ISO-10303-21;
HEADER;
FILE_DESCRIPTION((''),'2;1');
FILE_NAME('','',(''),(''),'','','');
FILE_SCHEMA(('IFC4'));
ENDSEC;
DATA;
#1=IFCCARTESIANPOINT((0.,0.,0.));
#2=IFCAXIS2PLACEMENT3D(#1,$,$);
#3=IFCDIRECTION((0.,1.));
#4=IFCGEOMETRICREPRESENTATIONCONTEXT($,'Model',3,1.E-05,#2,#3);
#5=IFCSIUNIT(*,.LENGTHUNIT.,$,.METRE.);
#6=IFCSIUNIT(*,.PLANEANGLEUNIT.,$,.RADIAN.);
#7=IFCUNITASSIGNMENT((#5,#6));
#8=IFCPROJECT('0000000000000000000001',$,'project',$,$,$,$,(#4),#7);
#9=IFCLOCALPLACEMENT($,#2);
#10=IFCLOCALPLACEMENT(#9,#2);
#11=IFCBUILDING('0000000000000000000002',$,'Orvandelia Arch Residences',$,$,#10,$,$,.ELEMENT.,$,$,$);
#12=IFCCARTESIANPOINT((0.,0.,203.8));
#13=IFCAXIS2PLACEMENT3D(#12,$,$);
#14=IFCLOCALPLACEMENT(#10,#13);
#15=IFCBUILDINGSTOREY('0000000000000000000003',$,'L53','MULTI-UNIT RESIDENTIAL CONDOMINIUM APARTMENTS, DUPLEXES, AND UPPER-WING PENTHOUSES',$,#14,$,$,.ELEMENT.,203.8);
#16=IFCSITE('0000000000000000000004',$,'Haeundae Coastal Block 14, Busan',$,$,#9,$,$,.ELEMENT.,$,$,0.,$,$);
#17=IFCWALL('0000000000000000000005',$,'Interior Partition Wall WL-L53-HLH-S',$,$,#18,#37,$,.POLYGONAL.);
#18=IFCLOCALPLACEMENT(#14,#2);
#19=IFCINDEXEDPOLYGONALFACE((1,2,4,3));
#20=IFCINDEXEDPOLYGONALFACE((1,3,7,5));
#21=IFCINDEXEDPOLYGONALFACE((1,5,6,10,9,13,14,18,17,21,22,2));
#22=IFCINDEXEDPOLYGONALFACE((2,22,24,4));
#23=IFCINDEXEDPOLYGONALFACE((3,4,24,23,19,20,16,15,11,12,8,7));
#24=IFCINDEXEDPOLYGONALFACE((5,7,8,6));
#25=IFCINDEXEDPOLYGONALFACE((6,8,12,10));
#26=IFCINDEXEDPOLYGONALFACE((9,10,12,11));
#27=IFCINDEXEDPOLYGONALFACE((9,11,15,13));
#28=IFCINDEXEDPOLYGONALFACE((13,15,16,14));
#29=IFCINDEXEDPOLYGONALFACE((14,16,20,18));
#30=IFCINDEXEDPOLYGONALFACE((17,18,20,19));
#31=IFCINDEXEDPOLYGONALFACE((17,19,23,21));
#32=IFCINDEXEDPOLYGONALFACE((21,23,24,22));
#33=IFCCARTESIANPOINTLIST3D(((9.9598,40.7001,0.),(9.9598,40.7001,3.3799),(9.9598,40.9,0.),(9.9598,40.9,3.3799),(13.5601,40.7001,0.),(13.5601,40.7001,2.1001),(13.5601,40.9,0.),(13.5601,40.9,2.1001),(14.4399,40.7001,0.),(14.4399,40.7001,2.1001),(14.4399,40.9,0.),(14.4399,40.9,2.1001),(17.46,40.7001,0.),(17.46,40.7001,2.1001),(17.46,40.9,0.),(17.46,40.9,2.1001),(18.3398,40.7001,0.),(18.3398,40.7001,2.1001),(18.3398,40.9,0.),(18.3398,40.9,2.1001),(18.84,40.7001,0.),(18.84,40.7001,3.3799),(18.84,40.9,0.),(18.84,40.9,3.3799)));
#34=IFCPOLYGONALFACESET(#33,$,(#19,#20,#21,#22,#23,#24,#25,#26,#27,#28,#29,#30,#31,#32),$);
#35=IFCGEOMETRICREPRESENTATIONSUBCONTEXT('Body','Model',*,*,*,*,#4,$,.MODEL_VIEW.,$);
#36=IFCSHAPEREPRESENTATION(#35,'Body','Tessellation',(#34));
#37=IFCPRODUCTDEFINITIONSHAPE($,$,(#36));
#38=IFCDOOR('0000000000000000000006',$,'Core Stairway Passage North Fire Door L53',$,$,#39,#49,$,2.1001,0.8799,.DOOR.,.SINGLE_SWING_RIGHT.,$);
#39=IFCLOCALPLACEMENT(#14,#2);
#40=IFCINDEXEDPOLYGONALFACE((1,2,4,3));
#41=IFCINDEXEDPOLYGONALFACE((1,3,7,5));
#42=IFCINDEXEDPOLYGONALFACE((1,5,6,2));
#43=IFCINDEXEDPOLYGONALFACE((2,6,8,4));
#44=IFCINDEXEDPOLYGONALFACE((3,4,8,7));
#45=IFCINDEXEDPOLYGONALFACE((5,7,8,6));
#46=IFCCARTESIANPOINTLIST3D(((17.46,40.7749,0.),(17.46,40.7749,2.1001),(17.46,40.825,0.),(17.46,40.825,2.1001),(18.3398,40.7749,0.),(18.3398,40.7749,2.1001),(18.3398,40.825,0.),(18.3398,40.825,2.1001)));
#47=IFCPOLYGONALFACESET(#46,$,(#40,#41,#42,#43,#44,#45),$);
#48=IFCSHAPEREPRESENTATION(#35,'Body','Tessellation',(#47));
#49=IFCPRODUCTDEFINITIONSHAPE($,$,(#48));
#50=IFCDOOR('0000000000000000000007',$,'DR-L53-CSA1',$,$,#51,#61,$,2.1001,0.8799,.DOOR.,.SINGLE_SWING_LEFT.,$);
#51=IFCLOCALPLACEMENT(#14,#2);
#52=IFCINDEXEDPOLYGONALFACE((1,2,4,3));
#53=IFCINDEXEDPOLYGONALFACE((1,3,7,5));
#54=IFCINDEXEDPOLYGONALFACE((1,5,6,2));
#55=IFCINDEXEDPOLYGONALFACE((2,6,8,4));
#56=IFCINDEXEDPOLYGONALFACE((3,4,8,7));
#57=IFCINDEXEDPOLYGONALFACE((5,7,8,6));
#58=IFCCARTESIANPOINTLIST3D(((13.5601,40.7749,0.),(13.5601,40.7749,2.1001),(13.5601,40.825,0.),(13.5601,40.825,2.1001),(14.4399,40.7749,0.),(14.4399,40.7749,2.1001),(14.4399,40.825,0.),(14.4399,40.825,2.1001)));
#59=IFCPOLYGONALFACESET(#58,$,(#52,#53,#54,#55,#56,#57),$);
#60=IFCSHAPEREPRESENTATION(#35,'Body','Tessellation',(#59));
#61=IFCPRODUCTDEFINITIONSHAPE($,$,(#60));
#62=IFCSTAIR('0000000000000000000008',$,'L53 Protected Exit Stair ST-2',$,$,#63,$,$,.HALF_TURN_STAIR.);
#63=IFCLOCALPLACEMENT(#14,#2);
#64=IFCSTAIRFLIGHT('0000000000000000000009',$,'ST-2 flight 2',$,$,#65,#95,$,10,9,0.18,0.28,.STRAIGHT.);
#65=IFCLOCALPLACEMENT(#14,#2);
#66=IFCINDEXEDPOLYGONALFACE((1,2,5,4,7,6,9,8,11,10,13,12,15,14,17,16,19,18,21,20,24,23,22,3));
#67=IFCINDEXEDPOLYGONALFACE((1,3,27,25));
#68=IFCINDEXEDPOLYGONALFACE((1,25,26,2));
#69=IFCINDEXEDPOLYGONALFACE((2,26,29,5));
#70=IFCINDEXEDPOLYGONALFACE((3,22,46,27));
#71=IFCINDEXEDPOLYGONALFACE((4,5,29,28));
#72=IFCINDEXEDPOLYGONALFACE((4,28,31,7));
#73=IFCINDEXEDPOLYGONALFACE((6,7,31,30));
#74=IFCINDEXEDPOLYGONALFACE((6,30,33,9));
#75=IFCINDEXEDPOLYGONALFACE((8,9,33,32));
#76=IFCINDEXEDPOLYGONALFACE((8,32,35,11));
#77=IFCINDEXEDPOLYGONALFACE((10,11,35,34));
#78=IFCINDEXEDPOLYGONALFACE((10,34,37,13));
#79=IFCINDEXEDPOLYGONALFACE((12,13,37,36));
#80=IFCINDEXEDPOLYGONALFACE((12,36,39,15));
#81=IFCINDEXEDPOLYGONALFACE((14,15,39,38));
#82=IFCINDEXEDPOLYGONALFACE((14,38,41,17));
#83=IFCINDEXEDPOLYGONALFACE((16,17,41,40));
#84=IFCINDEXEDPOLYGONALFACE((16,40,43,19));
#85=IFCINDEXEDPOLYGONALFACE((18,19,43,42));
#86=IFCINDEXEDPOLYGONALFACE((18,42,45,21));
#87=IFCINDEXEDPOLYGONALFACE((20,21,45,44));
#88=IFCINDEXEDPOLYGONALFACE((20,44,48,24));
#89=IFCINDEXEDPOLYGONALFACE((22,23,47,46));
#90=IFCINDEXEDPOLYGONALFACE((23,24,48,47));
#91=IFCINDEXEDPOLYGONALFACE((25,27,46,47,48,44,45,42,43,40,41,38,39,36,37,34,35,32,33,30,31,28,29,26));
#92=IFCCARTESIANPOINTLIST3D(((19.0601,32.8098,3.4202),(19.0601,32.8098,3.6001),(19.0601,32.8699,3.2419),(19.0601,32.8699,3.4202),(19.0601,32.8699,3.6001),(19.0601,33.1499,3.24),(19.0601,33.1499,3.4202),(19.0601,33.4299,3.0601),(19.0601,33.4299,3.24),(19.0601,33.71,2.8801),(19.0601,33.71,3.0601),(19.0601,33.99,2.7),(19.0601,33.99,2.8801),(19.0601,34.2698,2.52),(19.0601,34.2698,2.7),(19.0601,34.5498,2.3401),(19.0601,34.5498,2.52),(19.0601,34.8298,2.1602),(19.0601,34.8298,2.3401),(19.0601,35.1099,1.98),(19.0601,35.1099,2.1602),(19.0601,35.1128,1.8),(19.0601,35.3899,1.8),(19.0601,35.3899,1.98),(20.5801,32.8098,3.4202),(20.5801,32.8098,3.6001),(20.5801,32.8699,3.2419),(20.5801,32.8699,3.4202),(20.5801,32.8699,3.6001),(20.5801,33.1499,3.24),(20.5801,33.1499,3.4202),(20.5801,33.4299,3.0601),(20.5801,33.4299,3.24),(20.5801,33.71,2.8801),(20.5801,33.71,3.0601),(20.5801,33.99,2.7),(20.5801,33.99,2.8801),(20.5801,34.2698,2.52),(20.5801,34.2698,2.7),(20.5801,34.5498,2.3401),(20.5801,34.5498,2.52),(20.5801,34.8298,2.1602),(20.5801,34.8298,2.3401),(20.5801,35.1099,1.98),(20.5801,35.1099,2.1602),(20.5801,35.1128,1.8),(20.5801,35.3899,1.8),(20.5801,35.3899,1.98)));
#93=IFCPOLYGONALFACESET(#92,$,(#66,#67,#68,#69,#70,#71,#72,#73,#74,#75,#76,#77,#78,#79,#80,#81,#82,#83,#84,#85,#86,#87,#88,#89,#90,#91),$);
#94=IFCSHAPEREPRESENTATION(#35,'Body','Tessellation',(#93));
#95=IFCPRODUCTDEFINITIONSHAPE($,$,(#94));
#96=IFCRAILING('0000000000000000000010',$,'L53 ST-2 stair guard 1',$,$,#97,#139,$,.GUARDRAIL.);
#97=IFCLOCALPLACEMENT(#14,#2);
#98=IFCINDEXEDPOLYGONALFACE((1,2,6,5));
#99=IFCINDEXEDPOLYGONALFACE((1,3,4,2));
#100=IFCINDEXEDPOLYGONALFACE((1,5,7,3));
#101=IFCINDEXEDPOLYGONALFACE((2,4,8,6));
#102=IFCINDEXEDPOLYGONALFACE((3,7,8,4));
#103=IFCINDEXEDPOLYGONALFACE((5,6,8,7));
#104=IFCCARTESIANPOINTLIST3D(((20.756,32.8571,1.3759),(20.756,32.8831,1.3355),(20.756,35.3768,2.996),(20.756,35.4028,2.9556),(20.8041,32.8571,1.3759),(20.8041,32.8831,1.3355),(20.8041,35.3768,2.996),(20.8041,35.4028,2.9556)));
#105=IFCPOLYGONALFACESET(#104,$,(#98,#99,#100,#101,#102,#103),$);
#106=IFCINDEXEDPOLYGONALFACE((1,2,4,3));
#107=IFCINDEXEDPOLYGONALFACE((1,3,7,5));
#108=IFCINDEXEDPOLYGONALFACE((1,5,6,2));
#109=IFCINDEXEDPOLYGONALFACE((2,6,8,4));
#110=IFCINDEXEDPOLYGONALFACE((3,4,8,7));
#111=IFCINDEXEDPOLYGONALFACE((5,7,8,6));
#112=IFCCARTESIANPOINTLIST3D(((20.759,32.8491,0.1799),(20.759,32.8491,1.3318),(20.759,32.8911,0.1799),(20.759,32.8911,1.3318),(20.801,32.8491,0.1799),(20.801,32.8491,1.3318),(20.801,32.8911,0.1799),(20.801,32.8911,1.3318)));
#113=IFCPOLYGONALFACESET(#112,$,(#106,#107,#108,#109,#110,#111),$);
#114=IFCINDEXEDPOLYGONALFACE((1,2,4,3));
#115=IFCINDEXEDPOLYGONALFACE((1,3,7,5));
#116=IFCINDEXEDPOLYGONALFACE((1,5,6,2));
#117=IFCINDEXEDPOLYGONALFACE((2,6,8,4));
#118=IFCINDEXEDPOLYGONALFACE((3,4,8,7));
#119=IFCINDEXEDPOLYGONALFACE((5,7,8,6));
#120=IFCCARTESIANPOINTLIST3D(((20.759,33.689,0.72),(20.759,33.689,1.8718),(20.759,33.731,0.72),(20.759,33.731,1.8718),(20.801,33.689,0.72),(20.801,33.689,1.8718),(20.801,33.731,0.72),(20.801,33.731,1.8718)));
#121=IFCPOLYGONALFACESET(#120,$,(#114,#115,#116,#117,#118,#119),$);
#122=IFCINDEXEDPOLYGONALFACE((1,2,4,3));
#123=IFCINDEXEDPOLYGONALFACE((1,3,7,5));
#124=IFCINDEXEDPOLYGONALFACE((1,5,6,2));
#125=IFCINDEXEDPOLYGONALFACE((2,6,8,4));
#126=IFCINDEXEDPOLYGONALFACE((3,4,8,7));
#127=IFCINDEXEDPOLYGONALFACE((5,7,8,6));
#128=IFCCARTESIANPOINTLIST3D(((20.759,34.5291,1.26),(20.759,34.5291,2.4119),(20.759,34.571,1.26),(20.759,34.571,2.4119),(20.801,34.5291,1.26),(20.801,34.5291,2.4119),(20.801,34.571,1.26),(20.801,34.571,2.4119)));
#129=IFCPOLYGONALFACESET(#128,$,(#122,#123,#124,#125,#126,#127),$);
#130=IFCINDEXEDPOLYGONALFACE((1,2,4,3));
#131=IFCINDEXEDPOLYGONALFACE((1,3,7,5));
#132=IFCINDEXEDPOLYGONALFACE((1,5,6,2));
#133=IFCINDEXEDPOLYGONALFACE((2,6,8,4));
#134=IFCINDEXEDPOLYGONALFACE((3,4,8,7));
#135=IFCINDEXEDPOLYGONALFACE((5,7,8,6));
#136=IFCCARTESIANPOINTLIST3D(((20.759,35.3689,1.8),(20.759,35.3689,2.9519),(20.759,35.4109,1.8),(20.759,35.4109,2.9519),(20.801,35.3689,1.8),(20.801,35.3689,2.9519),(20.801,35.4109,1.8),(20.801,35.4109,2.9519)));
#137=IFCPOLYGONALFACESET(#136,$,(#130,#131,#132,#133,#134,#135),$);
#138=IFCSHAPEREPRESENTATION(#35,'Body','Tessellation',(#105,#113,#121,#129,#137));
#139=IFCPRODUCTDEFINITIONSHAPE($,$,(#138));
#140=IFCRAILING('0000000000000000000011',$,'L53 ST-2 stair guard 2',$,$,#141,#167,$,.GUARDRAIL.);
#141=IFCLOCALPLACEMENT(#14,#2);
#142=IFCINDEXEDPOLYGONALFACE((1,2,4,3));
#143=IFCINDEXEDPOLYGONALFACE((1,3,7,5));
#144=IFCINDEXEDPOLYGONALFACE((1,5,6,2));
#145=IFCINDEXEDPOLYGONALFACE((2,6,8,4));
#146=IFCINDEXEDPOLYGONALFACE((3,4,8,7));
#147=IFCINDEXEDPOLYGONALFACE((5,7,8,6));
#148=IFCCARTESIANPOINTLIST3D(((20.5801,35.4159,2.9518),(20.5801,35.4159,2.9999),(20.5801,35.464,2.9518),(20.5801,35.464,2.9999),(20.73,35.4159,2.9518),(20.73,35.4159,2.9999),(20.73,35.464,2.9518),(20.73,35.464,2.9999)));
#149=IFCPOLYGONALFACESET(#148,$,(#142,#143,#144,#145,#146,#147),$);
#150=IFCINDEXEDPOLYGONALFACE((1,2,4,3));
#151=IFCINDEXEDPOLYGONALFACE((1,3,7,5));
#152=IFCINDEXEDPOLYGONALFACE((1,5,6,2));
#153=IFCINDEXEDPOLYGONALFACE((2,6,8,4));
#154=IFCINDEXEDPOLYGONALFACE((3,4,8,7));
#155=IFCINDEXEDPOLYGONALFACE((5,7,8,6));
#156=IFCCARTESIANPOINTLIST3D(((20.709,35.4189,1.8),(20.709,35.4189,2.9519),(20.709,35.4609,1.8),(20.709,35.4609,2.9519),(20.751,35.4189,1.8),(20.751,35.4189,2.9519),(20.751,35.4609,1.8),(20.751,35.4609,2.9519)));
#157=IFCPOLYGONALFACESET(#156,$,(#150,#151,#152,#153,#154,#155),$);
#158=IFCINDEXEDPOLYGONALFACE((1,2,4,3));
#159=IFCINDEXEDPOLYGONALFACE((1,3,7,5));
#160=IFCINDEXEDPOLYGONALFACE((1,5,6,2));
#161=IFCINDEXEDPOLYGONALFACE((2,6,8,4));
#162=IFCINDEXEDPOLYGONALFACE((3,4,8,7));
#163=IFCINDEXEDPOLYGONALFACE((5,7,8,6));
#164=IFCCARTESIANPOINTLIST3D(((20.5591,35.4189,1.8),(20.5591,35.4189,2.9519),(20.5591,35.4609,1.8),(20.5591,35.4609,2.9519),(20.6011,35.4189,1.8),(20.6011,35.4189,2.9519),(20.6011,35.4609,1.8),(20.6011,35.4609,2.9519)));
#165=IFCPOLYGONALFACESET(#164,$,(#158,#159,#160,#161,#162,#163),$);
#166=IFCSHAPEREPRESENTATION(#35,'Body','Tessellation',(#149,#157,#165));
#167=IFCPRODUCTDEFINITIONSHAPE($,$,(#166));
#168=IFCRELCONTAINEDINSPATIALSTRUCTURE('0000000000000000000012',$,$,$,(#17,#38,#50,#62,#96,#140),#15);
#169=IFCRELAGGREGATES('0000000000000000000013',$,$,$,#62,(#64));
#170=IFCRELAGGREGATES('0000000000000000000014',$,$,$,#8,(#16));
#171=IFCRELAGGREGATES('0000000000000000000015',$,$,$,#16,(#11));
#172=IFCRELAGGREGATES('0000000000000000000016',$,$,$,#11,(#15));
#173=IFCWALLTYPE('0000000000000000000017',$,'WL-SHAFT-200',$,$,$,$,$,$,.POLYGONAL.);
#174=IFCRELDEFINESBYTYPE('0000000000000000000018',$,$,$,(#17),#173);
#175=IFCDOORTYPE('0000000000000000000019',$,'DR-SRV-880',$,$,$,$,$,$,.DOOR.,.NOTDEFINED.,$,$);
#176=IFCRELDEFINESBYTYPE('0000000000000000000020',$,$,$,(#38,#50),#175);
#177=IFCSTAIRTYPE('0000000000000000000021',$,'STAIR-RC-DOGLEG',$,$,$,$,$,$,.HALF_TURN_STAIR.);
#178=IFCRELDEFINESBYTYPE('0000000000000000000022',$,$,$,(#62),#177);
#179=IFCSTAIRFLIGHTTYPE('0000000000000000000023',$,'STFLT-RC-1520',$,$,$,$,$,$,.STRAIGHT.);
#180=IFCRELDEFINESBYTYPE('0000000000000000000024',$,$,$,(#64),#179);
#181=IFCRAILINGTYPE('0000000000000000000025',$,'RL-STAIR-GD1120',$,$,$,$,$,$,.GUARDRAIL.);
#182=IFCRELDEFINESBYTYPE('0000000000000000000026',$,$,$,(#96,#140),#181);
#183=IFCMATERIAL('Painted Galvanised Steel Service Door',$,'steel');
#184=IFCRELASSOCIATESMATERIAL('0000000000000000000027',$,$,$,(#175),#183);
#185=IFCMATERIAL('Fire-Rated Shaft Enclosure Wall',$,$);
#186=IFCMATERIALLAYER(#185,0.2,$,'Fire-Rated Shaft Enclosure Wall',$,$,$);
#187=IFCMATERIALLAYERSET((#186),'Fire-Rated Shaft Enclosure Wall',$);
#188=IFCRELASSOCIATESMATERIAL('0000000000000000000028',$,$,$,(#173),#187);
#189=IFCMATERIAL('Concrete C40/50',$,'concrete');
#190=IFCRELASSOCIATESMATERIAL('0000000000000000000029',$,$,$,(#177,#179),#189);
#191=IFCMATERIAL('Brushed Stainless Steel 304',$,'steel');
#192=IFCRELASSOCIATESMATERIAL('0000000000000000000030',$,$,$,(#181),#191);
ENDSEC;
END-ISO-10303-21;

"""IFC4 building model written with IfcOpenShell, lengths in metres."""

from ifc_helpers import new_model, si_unit, direction, frame, frame_2d, origin, origin_2d, place, context, subcontext, project, spatial, polyline, rectangle, outline, extrude, material, layer, layer_set, type_object, element, fill, aggregate, save


model = new_model("IFC4")

# Units and contexts
model_context = context("Model", 3, precision=1e-05, world=origin(), true_north=direction((0.0, 1.0)))
body_context = subcontext(model_context, "Body", "Model", "MODEL_VIEW")
ifc_project = project(units=[si_unit("LENGTHUNIT", "METRE"), si_unit("PLANEANGLEUNIT", "RADIAN")], contexts=[model_context])

# Site, building, storey
site_placement = place(None, origin())
site = spatial("IfcSite", under=ifc_project, at=site_placement, Name="Haeundae Coastal Block 14, Busan", CompositionType="ELEMENT", RefElevation=0.0)
building_placement = place(site_placement, origin())
building = spatial("IfcBuilding", under=site, at=building_placement, Name="Orvandelia Arch Residences", CompositionType="ELEMENT")
storey_placement = place(building_placement, frame((0.0, 0.0, 203.8)))
storey = spatial("IfcBuildingStorey", under=building, at=storey_placement, Name="L53", Description="MULTI-UNIT RESIDENTIAL CONDOMINIUM APARTMENTS, DUPLEXES, AND UPPER-WING PENTHOUSES", CompositionType="ELEMENT", Elevation=203.8)

# Shared definitions
ifc_material_1 = material(Name="Painted Galvanised Steel Service Door", Category="steel")
door_type_1 = type_object("IfcDoorType", Name="DR-SRV-880", OperationType="NOTDEFINED", PredefinedType="DOOR", material=ifc_material_1)

# Shared definitions
ifc_material_2 = material(Name="Fire-Rated Shaft Enclosure Wall")
ifc_layer_1 = layer(ifc_material_2, 0.2, Name="Fire-Rated Shaft Enclosure Wall")
ifc_layer_set_1 = layer_set([ifc_layer_1], Name="Fire-Rated Shaft Enclosure Wall")
wall_type_1 = type_object("IfcWallType", Name="WL-SHAFT-200", PredefinedType="POLYGONAL", material=ifc_layer_set_1)

# Wall, openings, doors
wall_1_placement = place(storey_placement, frame((9.96, 40.8, 0.0), z_axis=(0.0, 0.0, 1.0), x_axis=(1.0, 0.0, 0.0)))
wall_1 = element("IfcWall", 1, at=wall_1_placement, inside=storey, type_object=wall_type_1, Name="Interior Partition Wall WL-L53-HLH-S", PredefinedType="POLYGONAL", context=body_context, shape_type="SweptSolid", body=[
    extrude(rectangle(XDim=8.8801, YDim=0.2, at=frame_2d((4.4399, 0.0))), origin(), (0.0, 0.0, 1.0), 3.3799),
])
opening_1_placement = place(wall_1_placement, frame((7.5, 0.0, 0.0)))
opening_1 = element("IfcOpeningElement", 2, at=opening_1_placement, cuts=wall_1, PredefinedType="OPENING", context=body_context, shape_type="SweptSolid", body=[
    extrude(rectangle(XDim=0.8799, YDim=2.1001, at=frame_2d((0.4399, 1.05))), frame((0.0, 0.1099, 0.0), z_axis=(0.0, -1.0, 0.0), x_axis=(1.0, 0.0, 0.0)), (0.0, 0.0, 1.0), 0.22),
])
opening_2_placement = place(wall_1_placement, frame((3.6001, 0.0, 0.0)))
opening_2 = element("IfcOpeningElement", 3, at=opening_2_placement, cuts=wall_1, PredefinedType="OPENING", context=body_context, shape_type="SweptSolid", body=[
    extrude(rectangle(XDim=0.8799, YDim=2.1001, at=frame_2d((0.4399, 1.05))), frame((0.0, 0.1099, 0.0), z_axis=(0.0, -1.0, 0.0), x_axis=(1.0, 0.0, 0.0)), (0.0, 0.0, 1.0), 0.22),
])
door_1_placement = place(opening_1_placement, origin())
door_1 = element("IfcDoor", 4, at=door_1_placement, inside=storey, type_object=door_type_1, Name="Core Stairway Passage North Fire Door L53", OperationType="SINGLE_SWING_RIGHT", OverallHeight=2.1001, OverallWidth=0.8799, PredefinedType="DOOR", context=body_context, shape_type="SweptSolid", body=[
    extrude(rectangle(XDim=0.8799, YDim=2.1001, at=frame_2d((0.4399, 1.05))), frame((0.0, 0.0249, 0.0), z_axis=(0.0, -1.0, 0.0), x_axis=(1.0, 0.0, 0.0)), (0.0, 0.0, 1.0), 0.05),
])
fill(opening_1, door_1)
door_2_placement = place(opening_2_placement, origin())
door_2 = element("IfcDoor", 5, at=door_2_placement, inside=storey, type_object=door_type_1, Name="DR-L53-CSA1", OperationType="SINGLE_SWING_LEFT", OverallHeight=2.1001, OverallWidth=0.8799, PredefinedType="DOOR", context=body_context, shape_type="SweptSolid", body=[
    extrude(rectangle(XDim=0.8799, YDim=2.1001, at=frame_2d((0.4399, 1.05))), frame((0.0, 0.0249, 0.0), z_axis=(0.0, -1.0, 0.0), x_axis=(1.0, 0.0, 0.0)), (0.0, 0.0, 1.0), 0.05),
])
fill(opening_2, door_2)

# Stair, stair flight
ifc_material_3 = material(Name="Concrete C40/50", Category="concrete")
stair_type = type_object("IfcStairType", Name="STAIR-RC-DOGLEG", PredefinedType="HALF_TURN_STAIR", material=ifc_material_3)
stair_placement = place(storey_placement, origin())
stair = element("IfcStair", 6, at=stair_placement, inside=storey, type_object=stair_type, Name="L53 Protected Exit Stair ST-2", PredefinedType="HALF_TURN_STAIR")
stair_flight_type = type_object("IfcStairFlightType", Name="STFLT-RC-1520", PredefinedType="STRAIGHT", material=ifc_material_3)
stair_flight_placement = place(storey_placement, frame((19.8201, 35.3899, 1.8), z_axis=(0.0, 0.0, 1.0), x_axis=(0.0, -1.0, 0.0)))
stair_flight = element("IfcStairFlight", 7, at=stair_flight_placement, type_object=stair_flight_type, Name="ST-2 flight 2", NumberOfRisers=10, NumberOfTreads=9, PredefinedType="STRAIGHT", RiserHeight=0.18, TreadLength=0.28, context=body_context, shape_type="SweptSolid", body=[
    extrude(outline(polyline([(0.0, 0.0), (0.0, 0.1799), (0.28, 0.1799), (0.28, 0.3601), (0.5601, 0.3601), (0.5601, 0.54), (0.8401, 0.54), (0.8401, 0.72), (1.1201, 0.72), (1.1201, 0.8999), (1.3999, 0.8999), (1.3999, 1.0801), (1.6799, 1.0801), (1.6799, 1.26), (1.96, 1.26), (1.96, 1.4399), (2.24, 1.4399), (2.24, 1.6201), (2.52, 1.6201), (2.52, 1.8), (2.5801, 1.8), (2.5801, 1.6201), (2.52, 1.4419), (0.2771, 0.0), (0.0, 0.0)])), frame((0.0, 0.76, 0.0), z_axis=(0.0, -1.0, 0.0), x_axis=(1.0, 0.0, 0.0)), (0.0, 0.0, 1.0), 1.52),
])
aggregate(stair, [stair_flight])

# Railings
ifc_material_4 = material(Name="Brushed Stainless Steel 304", Category="steel")
railing_type_1 = type_object("IfcRailingType", Name="RL-STAIR-GD1120", PredefinedType="GUARDRAIL", material=ifc_material_4)
railing_1_placement = place(storey_placement, frame((20.78, 32.8701, 0.1799)))
element("IfcRailing", 8, at=railing_1_placement, inside=storey, type_object=railing_type_1, Name="L53 ST-2 stair guard 1", PredefinedType="GUARDRAIL", context=body_context, shape_type="SweptSolid", body=[
    extrude(rectangle(XDim=0.0481, YDim=0.0481, at=origin_2d()), frame((0.0, 0.0, 1.1758), z_axis=(0.0, 0.841139, 0.540819), x_axis=(-1.0, 0.0, 0.0)), (0.0, 0.0, 1.0), 2.9956),
    extrude(rectangle(XDim=0.042, YDim=0.042, at=origin_2d()), origin(), (0.0, 0.0, 1.0), 1.1519),
    extrude(rectangle(XDim=0.042, YDim=0.042, at=origin_2d()), frame((0.0, 0.8398, 0.54)), (0.0, 0.0, 1.0), 1.1519),
    extrude(rectangle(XDim=0.042, YDim=0.042, at=origin_2d()), frame((0.0, 1.6799, 1.0801)), (0.0, 0.0, 1.0), 1.1519),
    extrude(rectangle(XDim=0.042, YDim=0.042, at=origin_2d()), frame((0.0, 2.5198, 1.6201)), (0.0, 0.0, 1.0), 1.1519),
])
railing_2_placement = place(storey_placement, frame((20.73, 35.4399, 1.8)))
element("IfcRailing", 9, at=railing_2_placement, inside=storey, type_object=railing_type_1, Name="L53 ST-2 stair guard 2", PredefinedType="GUARDRAIL", context=body_context, shape_type="SweptSolid", body=[
    extrude(rectangle(XDim=0.0481, YDim=0.0481, at=origin_2d()), frame((0.0, 0.0, 1.1758), z_axis=(-1.0, 0.0, 0.0), x_axis=(0.0, -1.0, 0.0)), (0.0, 0.0, 1.0), 0.1499),
    extrude(rectangle(XDim=0.042, YDim=0.042, at=origin_2d()), origin(), (0.0, 0.0, 1.0), 1.1519),
    extrude(rectangle(XDim=0.042, YDim=0.042, at=origin_2d()), frame((-0.1499, 0.0, 0.0)), (0.0, 0.0, 1.0), 1.1519),
])

save(model, "model.ifc")
